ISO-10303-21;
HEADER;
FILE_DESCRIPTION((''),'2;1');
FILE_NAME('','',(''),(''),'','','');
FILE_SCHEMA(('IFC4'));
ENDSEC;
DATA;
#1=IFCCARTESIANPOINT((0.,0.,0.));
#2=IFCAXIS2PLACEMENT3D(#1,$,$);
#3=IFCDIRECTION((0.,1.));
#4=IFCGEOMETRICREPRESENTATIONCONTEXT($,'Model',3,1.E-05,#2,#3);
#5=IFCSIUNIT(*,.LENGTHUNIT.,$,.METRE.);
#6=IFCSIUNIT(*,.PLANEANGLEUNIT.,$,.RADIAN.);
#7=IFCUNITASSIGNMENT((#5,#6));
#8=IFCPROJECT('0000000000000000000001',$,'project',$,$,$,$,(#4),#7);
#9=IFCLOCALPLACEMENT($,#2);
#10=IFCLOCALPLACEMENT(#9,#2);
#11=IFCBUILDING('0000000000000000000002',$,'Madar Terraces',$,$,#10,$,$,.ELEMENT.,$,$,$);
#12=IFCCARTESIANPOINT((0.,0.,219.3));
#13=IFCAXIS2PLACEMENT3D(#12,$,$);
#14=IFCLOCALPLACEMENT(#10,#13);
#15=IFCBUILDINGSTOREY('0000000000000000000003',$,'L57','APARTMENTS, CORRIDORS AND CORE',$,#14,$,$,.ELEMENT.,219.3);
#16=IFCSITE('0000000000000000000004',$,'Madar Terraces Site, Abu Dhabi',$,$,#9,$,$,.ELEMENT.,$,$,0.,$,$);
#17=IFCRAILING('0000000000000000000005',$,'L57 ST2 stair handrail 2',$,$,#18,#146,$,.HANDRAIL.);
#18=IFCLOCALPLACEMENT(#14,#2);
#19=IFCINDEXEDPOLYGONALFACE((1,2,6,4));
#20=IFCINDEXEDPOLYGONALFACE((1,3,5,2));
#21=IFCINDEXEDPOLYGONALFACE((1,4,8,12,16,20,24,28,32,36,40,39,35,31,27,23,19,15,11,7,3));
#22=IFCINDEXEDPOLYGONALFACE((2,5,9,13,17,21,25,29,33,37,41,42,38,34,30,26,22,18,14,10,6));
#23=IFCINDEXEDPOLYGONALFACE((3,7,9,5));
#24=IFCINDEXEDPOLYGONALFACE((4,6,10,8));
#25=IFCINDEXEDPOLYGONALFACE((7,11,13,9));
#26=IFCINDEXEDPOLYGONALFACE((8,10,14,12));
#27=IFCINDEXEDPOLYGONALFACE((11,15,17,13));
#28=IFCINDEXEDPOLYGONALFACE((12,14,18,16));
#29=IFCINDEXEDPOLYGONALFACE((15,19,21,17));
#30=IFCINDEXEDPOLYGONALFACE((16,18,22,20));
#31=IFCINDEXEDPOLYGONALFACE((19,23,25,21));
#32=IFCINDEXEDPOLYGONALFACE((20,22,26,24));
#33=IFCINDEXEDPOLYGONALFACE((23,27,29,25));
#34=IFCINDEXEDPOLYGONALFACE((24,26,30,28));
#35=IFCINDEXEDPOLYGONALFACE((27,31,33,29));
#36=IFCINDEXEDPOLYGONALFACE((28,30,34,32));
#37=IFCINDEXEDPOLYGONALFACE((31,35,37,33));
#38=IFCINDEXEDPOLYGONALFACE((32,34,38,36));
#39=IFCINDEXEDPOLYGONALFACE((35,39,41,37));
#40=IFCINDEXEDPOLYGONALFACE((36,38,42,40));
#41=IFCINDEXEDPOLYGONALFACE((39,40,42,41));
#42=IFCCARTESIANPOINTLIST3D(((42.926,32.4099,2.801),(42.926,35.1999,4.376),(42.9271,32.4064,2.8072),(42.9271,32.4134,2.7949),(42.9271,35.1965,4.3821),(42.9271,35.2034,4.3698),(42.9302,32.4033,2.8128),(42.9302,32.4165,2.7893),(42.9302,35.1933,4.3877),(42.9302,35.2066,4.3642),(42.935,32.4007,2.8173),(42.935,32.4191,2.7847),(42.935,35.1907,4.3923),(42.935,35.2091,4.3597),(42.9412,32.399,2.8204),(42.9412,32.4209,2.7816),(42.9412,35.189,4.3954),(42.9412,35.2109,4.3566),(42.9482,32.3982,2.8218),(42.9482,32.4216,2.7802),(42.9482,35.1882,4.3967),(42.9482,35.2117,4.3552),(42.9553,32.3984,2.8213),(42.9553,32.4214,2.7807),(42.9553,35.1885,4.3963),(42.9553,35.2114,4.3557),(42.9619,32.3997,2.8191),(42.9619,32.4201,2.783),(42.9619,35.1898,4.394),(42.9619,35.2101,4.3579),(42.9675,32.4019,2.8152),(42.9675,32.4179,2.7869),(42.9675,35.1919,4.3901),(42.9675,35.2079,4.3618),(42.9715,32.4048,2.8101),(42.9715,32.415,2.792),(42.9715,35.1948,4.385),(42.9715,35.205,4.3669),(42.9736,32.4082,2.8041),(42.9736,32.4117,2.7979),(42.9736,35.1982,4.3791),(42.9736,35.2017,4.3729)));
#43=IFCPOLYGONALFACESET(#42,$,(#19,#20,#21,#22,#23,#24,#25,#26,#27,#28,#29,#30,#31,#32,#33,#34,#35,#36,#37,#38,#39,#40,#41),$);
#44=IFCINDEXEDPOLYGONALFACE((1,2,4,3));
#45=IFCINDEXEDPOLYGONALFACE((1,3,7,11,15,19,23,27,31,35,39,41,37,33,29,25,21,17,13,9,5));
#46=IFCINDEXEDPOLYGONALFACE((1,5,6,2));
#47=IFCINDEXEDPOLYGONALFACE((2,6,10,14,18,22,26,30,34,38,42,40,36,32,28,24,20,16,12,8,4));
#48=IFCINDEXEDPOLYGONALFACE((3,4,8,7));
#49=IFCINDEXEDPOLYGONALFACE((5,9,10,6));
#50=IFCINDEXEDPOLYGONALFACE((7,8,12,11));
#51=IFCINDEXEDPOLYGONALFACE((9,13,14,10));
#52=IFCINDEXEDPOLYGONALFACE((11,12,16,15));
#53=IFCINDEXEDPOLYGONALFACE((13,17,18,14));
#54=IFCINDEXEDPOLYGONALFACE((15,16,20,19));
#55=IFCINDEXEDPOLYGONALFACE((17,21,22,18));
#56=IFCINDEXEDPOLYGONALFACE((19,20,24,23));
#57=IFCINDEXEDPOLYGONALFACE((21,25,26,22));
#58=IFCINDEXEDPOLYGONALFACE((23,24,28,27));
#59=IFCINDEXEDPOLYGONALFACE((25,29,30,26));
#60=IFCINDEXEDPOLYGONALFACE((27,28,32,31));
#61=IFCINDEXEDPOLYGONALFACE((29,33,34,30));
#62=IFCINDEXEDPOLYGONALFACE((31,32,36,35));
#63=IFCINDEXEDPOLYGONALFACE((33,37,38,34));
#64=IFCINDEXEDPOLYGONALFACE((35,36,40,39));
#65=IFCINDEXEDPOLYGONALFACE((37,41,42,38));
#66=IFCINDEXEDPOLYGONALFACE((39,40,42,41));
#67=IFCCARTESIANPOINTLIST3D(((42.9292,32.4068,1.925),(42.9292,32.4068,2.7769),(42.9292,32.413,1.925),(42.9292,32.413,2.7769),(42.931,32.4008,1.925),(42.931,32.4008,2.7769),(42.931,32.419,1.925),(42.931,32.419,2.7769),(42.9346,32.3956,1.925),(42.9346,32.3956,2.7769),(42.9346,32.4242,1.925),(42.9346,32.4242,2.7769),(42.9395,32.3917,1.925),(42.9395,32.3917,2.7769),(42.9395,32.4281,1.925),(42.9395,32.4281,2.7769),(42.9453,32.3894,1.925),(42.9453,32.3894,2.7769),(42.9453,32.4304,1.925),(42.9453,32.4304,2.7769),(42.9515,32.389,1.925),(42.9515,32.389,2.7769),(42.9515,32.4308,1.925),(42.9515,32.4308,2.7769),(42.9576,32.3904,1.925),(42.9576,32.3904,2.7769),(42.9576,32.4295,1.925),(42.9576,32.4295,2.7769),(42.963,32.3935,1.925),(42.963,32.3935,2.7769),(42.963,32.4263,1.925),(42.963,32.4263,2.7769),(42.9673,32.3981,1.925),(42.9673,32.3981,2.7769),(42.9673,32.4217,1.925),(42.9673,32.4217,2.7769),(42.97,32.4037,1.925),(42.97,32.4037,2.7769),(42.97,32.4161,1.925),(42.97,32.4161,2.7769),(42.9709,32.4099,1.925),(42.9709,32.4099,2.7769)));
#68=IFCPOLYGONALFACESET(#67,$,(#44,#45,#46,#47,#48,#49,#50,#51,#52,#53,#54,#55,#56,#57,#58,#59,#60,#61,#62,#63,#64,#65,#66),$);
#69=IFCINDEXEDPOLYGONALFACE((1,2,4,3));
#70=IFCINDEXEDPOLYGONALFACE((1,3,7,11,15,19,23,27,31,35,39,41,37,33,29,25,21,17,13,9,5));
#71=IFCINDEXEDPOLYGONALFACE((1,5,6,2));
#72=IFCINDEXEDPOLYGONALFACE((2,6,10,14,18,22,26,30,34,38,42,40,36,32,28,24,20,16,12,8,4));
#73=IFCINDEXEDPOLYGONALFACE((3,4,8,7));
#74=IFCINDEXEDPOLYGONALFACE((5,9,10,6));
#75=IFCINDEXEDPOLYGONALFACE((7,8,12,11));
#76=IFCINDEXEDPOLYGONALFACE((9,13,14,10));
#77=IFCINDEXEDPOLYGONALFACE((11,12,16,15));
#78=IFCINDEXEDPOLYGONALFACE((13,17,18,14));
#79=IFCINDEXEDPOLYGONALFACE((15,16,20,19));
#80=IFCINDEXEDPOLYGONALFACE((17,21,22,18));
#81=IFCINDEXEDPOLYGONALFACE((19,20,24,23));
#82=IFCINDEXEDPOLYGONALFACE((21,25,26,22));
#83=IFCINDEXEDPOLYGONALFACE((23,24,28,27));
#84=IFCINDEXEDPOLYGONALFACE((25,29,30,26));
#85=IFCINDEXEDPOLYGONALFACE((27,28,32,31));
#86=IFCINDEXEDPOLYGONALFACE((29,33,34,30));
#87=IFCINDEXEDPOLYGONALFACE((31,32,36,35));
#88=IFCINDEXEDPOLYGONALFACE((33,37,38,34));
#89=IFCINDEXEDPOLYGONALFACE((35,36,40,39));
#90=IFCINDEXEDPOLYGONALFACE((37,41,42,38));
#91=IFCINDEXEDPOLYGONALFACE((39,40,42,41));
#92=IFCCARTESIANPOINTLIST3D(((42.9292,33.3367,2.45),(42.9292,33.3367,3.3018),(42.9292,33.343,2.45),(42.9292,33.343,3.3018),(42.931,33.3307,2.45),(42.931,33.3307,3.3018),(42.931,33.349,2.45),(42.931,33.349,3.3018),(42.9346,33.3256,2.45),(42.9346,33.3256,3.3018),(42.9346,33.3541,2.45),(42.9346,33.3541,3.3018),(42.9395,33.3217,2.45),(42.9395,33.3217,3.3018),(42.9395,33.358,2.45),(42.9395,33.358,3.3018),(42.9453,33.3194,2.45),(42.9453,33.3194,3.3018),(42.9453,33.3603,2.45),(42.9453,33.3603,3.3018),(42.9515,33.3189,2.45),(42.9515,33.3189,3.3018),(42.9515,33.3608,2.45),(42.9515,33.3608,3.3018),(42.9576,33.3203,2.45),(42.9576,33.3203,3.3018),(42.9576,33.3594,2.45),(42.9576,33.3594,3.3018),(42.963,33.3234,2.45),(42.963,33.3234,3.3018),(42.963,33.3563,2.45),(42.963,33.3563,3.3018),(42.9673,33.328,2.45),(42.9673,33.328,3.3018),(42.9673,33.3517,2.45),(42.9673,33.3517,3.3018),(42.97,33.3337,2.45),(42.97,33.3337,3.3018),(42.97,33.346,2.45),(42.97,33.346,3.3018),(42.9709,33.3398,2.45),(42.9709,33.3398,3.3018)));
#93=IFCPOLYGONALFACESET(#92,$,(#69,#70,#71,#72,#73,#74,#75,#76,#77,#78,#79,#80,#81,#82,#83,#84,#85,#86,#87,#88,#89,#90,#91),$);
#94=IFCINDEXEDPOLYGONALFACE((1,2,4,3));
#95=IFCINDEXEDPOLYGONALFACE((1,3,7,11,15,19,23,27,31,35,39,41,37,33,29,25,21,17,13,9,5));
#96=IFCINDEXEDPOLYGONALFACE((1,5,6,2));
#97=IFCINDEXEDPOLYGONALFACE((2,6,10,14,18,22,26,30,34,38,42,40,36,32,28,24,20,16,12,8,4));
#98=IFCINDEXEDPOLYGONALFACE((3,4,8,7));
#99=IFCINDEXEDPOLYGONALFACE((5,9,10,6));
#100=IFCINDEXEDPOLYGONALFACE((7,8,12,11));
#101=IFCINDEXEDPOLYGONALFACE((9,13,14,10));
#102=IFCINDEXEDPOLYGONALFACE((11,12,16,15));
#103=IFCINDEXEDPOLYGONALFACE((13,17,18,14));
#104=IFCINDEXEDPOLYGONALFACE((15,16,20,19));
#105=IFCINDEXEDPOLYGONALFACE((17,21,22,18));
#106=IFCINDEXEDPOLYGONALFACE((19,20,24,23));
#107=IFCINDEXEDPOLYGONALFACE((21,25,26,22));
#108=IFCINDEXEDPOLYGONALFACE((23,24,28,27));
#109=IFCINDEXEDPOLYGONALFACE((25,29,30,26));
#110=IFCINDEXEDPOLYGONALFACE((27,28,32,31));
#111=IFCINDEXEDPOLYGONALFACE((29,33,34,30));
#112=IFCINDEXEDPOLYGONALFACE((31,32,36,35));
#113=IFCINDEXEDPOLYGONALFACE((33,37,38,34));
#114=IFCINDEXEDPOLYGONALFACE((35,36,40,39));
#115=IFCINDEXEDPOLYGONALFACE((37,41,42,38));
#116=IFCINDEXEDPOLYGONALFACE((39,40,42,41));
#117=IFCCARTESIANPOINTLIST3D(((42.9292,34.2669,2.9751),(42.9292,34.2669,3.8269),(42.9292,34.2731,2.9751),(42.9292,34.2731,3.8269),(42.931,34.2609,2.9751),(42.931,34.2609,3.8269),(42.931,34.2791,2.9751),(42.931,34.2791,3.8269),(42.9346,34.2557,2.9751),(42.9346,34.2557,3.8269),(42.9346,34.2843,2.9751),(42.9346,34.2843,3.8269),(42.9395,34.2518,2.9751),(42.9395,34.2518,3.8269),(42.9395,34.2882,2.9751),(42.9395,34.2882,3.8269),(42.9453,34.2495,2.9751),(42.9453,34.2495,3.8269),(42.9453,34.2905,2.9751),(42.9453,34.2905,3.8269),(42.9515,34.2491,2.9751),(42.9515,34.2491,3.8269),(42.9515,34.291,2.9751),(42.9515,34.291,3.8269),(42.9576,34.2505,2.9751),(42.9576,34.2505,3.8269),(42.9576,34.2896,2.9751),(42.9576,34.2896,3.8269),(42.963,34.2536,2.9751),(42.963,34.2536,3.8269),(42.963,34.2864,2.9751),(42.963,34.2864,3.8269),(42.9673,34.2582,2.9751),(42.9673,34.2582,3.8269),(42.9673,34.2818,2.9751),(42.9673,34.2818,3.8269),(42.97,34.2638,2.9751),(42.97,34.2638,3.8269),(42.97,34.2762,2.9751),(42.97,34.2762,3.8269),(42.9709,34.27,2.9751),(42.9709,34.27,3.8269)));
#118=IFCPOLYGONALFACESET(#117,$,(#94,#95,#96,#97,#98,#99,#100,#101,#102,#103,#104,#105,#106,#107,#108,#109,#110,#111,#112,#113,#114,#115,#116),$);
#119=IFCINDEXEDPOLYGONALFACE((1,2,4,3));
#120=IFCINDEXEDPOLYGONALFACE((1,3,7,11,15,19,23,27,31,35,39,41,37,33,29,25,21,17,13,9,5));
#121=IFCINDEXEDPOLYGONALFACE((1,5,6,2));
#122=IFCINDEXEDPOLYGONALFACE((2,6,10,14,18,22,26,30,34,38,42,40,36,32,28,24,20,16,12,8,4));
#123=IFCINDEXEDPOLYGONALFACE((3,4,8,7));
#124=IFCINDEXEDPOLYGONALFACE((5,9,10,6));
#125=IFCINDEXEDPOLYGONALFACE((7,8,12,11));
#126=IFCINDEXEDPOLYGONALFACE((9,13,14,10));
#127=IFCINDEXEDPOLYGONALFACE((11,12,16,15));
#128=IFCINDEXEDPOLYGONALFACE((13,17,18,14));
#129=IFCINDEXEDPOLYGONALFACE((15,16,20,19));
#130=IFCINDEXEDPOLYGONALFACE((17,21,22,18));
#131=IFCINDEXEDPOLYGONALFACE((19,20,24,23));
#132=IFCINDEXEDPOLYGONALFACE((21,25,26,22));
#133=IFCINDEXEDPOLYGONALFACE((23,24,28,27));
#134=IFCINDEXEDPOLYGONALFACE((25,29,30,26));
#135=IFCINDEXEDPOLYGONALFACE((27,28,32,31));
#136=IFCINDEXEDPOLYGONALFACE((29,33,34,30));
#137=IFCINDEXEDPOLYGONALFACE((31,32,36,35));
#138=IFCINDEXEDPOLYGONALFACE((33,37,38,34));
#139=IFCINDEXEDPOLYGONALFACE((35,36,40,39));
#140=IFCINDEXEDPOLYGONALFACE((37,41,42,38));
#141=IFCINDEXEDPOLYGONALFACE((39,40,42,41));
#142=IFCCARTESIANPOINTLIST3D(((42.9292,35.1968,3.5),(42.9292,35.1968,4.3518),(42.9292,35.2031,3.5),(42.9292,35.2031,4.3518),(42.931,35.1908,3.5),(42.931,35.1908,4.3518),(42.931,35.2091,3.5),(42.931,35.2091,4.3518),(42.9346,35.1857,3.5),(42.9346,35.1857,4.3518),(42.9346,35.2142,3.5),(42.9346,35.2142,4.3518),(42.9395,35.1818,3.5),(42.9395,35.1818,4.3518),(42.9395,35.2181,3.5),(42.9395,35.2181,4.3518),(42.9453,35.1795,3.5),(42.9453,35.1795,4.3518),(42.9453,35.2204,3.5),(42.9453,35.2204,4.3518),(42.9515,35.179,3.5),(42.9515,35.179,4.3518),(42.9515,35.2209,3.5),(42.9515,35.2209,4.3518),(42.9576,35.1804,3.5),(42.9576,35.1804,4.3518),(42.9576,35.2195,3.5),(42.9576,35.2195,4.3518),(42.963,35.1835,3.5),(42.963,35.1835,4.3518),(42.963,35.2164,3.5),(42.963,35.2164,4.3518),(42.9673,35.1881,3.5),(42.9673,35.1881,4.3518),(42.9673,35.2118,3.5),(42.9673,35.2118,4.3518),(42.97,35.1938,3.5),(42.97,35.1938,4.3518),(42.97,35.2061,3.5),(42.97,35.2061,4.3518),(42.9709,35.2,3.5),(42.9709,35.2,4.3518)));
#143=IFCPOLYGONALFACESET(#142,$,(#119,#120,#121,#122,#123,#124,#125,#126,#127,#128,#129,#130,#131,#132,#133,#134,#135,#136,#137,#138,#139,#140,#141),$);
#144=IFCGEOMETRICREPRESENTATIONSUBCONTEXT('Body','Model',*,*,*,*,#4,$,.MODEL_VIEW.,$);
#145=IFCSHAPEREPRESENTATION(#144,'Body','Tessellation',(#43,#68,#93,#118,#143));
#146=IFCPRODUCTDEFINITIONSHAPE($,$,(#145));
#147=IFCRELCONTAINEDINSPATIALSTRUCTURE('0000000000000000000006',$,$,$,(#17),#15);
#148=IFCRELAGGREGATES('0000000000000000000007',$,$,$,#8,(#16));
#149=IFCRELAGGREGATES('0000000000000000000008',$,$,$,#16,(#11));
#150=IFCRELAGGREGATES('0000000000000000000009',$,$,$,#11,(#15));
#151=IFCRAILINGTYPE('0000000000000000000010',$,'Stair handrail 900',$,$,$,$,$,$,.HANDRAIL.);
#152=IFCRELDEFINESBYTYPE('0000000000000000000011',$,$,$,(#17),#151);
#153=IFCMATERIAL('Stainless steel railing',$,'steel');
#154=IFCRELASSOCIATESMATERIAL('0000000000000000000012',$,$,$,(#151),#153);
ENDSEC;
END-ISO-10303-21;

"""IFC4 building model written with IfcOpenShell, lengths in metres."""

from ifc_helpers import new_model, si_unit, direction, frame, origin, origin_2d, place, context, subcontext, project, spatial, circle, extrude, material, type_object, element, save


model = new_model("IFC4")

# Units and contexts
model_context = context("Model", 3, precision=1e-05, world=origin(), true_north=direction((0.0, 1.0)))
body_context = subcontext(model_context, "Body", "Model", "MODEL_VIEW")
ifc_project = project(units=[si_unit("LENGTHUNIT", "METRE"), si_unit("PLANEANGLEUNIT", "RADIAN")], contexts=[model_context])

# Site, building, storey
site_placement = place(None, origin())
site = spatial("IfcSite", under=ifc_project, at=site_placement, Name="Madar Terraces Site, Abu Dhabi", CompositionType="ELEMENT", RefElevation=0.0)
building_placement = place(site_placement, origin())
building = spatial("IfcBuilding", under=site, at=building_placement, Name="Madar Terraces", CompositionType="ELEMENT")
storey_placement = place(building_placement, frame((0.0, 0.0, 219.3)))
storey = spatial("IfcBuildingStorey", under=building, at=storey_placement, Name="L57", Description="APARTMENTS, CORRIDORS AND CORE", CompositionType="ELEMENT", Elevation=219.3)

# Railing
ifc_material_1 = material(Name="Stainless steel railing", Category="steel")
railing_type_1 = type_object("IfcRailingType", Name="Stair handrail 900", PredefinedType="HANDRAIL", material=ifc_material_1)
railing_1_placement = place(storey_placement, frame((42.95, 32.4099, 1.925)))
element("IfcRailing", 1, at=railing_1_placement, inside=storey, type_object=railing_type_1, Name="L57 ST2 stair handrail 2", PredefinedType="HANDRAIL", context=body_context, shape_type="SweptSolid", body=[
    extrude(circle(Radius=0.0239, at=origin_2d()), frame((0.0, 0.0, 0.876), z_axis=(0.0, 0.870834, 0.491578), x_axis=(-1.0, 0.0, 0.0)), (0.0, 0.0, 1.0), 3.2039),
    extrude(circle(Radius=0.021, at=origin_2d()), origin(), (0.0, 0.0, 1.0), 0.8518),
    extrude(circle(Radius=0.021, at=origin_2d()), frame((0.0, 0.9299, 0.5249)), (0.0, 0.0, 1.0), 0.8518),
    extrude(circle(Radius=0.021, at=origin_2d()), frame((0.0, 1.8601, 1.05)), (0.0, 0.0, 1.0), 0.8518),
    extrude(circle(Radius=0.021, at=origin_2d()), frame((0.0, 2.79, 1.575)), (0.0, 0.0, 1.0), 0.8518),
])

save(model, "model.ifc")
